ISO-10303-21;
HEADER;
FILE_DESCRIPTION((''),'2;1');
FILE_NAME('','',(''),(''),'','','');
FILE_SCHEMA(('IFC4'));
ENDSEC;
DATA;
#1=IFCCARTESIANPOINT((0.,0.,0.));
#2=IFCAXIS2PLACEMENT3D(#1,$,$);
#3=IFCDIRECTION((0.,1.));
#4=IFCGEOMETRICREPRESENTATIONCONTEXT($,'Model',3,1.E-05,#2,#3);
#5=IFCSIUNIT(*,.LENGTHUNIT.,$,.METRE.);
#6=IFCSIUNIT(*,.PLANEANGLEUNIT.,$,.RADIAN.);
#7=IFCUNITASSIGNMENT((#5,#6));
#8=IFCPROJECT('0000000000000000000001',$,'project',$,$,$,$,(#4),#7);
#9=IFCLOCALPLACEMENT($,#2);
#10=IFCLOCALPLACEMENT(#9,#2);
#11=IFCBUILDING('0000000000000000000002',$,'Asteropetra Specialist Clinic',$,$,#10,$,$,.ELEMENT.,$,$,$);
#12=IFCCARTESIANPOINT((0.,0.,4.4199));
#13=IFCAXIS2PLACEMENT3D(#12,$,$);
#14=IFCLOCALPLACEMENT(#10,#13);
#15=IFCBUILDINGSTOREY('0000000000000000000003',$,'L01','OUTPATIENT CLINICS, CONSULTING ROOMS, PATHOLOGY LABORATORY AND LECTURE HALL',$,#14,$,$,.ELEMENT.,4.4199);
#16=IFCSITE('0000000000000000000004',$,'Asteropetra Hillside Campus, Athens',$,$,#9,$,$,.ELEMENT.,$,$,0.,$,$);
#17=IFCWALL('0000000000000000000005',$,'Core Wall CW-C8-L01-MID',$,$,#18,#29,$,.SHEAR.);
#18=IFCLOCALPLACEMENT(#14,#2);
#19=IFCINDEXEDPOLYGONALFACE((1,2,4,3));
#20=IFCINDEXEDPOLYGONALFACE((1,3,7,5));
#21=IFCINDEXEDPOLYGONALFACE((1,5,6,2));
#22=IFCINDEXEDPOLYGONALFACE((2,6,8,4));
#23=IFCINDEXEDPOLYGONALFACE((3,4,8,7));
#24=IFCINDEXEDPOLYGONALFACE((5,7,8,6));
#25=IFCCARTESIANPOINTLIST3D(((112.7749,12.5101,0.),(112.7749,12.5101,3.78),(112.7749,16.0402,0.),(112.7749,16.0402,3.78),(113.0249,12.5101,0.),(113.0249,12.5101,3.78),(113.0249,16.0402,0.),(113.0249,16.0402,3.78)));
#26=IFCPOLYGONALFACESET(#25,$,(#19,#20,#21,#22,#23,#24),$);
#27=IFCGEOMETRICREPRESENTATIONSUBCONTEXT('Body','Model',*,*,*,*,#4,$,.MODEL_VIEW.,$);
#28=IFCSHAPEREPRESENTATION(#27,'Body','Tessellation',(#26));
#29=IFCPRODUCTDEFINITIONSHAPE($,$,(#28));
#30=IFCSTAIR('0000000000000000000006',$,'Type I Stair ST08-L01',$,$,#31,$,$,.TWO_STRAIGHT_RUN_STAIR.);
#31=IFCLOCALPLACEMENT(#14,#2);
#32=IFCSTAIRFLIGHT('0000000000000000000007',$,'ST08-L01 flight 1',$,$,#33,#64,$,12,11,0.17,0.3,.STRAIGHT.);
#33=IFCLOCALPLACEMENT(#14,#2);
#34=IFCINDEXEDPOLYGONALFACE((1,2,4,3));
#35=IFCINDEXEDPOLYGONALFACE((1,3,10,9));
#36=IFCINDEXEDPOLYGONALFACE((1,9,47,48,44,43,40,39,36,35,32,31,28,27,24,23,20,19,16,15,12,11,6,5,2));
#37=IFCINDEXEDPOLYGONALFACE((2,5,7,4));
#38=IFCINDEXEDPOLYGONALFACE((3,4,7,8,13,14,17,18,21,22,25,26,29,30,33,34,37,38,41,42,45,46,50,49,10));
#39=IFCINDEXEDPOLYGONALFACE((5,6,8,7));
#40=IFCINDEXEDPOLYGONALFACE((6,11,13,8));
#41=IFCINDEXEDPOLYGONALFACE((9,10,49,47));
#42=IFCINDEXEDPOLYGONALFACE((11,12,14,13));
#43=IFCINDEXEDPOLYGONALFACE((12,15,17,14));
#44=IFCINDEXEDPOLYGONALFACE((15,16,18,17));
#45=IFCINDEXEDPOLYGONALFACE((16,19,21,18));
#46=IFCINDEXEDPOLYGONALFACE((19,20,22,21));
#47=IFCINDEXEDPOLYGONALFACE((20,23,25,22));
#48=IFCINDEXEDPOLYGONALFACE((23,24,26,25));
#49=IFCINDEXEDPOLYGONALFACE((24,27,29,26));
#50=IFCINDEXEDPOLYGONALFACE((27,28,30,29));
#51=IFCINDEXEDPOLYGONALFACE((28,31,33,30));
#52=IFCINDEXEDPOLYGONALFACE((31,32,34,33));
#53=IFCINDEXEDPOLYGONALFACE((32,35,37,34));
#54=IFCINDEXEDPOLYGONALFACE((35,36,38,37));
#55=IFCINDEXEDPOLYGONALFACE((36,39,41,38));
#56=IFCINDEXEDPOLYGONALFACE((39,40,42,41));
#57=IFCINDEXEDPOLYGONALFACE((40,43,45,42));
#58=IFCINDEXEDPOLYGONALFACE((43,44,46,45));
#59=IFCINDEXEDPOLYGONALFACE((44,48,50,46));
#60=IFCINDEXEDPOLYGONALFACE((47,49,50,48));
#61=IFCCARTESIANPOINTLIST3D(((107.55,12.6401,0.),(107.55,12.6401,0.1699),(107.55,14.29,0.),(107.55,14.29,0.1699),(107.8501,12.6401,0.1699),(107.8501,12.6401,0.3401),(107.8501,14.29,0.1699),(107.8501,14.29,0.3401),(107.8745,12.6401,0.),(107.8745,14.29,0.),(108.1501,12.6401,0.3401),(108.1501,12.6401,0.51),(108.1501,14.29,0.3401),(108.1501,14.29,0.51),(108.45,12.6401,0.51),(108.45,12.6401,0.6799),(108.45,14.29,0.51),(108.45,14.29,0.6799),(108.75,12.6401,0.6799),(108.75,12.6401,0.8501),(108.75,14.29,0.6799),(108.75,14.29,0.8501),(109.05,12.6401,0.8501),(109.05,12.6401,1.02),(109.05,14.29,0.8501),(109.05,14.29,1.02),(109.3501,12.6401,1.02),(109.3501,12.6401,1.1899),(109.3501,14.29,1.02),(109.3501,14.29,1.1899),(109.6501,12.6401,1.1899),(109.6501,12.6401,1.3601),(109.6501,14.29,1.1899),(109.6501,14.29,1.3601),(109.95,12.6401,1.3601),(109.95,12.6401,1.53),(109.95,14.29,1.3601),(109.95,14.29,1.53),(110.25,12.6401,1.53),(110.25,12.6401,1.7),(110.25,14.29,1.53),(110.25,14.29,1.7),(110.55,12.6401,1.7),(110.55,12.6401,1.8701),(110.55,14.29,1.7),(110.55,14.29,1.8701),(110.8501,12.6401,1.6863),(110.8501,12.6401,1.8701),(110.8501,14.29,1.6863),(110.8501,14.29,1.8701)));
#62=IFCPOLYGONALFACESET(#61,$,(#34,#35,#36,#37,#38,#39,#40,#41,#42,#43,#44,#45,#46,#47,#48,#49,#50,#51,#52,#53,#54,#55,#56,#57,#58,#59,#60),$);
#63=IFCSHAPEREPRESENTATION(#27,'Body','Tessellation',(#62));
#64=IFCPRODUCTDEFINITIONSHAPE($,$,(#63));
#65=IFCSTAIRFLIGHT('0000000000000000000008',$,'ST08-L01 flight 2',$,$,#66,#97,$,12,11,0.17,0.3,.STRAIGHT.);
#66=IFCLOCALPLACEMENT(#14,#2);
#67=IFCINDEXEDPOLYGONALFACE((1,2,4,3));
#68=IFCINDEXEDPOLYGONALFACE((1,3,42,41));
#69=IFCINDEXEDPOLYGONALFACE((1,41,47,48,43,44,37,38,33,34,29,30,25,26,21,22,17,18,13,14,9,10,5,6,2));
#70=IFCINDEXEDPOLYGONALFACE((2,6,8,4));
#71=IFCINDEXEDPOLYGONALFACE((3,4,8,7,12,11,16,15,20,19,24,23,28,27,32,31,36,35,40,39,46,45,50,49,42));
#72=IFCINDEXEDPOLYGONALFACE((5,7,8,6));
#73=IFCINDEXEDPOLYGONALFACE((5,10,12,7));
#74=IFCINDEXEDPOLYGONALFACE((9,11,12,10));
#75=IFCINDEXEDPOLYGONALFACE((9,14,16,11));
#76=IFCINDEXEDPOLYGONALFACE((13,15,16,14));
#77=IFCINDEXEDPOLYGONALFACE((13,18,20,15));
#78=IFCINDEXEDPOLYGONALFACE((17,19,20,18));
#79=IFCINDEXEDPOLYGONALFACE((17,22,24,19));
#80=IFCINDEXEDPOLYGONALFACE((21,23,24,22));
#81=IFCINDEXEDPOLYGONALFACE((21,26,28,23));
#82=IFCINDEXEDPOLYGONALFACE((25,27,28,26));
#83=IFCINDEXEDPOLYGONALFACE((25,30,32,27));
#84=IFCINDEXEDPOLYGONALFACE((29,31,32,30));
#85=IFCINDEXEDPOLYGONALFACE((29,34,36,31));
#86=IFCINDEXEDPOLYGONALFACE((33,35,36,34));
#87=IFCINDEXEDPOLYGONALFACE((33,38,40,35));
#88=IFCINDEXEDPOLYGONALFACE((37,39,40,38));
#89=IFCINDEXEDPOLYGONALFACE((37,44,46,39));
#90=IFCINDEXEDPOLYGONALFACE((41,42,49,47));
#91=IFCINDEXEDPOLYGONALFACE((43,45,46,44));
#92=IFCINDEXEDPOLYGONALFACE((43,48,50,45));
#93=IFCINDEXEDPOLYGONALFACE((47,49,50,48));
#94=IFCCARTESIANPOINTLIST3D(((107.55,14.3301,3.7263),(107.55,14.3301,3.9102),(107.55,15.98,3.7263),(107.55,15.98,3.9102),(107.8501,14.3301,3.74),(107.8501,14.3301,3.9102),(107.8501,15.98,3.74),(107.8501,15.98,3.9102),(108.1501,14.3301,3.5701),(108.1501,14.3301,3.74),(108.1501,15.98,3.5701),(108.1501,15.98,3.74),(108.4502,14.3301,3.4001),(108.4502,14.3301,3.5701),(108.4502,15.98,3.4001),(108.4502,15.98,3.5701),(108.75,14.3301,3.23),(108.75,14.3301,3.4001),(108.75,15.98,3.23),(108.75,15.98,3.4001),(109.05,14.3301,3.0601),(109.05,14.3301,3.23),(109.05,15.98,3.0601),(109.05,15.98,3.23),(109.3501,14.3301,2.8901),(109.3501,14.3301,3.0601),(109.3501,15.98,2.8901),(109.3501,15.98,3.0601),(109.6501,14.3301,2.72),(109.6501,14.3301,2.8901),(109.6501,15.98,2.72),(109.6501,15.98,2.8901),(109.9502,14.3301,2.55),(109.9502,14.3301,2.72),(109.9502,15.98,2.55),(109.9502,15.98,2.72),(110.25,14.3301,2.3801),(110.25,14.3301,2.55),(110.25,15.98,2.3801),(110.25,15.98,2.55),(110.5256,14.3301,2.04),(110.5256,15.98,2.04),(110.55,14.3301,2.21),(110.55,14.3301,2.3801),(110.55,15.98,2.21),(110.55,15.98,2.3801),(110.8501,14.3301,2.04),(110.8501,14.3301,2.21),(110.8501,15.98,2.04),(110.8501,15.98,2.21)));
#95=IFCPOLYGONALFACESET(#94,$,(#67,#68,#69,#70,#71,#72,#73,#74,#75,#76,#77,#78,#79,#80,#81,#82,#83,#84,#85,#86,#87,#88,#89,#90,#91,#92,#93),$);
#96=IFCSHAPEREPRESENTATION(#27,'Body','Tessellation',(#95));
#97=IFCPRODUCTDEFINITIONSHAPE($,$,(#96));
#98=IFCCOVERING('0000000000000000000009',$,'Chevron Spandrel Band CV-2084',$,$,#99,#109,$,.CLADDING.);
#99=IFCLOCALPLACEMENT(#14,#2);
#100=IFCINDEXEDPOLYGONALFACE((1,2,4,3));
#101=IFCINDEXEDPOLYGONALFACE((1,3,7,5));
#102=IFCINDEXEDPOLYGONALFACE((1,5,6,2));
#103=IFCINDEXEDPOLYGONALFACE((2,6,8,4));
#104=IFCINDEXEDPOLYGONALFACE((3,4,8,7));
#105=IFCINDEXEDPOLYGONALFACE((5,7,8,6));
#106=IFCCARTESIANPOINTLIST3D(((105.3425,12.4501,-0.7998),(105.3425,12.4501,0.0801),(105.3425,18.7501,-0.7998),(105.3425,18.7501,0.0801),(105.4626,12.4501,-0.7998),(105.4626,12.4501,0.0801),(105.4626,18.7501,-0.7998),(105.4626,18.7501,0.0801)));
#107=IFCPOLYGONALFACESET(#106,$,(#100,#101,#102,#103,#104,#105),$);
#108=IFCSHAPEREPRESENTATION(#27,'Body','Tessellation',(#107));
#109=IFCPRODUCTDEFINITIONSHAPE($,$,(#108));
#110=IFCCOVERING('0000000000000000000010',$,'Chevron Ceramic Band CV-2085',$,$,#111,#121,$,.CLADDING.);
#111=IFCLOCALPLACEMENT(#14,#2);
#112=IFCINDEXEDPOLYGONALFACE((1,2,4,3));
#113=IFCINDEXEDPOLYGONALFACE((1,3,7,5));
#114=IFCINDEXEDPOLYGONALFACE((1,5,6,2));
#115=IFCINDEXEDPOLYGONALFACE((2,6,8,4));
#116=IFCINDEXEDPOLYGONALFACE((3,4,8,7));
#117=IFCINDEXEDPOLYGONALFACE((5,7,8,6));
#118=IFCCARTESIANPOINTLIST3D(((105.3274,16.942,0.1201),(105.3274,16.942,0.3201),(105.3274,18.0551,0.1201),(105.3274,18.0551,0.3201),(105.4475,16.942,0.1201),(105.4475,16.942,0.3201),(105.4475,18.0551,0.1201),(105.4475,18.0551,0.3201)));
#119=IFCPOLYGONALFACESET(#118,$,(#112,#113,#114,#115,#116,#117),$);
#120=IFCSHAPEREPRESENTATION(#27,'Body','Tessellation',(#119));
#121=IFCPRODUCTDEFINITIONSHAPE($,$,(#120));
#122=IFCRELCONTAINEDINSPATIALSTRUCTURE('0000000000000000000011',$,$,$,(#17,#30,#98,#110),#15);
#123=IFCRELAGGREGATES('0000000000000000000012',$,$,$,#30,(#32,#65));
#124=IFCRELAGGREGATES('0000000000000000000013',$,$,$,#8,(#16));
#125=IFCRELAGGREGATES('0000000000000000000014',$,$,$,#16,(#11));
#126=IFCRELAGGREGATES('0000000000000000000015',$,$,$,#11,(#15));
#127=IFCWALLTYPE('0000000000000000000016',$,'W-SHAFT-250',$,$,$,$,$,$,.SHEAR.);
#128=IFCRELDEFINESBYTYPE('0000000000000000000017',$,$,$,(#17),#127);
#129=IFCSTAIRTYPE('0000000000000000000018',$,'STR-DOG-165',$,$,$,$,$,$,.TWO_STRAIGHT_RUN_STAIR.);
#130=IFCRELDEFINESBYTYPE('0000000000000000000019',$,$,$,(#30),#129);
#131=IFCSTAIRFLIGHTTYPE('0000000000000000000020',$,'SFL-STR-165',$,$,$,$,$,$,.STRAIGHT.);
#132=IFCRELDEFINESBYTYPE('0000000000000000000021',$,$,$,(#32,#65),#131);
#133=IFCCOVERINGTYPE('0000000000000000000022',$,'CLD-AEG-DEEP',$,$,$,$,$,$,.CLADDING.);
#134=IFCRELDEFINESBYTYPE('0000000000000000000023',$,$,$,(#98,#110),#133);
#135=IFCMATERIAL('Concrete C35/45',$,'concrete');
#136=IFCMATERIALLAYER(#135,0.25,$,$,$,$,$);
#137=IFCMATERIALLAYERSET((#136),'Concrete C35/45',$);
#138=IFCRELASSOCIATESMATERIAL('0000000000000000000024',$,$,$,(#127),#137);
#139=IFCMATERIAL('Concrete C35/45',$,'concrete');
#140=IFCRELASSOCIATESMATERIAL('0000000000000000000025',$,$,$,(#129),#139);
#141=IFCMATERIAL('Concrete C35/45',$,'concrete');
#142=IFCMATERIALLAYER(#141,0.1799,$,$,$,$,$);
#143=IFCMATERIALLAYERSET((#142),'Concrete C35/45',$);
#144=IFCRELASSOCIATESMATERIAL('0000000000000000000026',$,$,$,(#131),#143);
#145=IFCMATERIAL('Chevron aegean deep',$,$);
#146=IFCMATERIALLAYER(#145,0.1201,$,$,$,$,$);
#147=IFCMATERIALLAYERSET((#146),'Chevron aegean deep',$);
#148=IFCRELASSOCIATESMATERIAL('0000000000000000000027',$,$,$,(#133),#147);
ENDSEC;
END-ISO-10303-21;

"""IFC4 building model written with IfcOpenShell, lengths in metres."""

from ifc_helpers import new_model, si_unit, direction, frame, frame_2d, origin, origin_2d, place, context, subcontext, project, spatial, polyline, rectangle, outline, extrude, material, layer, layer_set, type_object, element, aggregate, save


model = new_model("IFC4")

# Units and contexts
model_context = context("Model", 3, precision=1e-05, world=origin(), true_north=direction((0.0, 1.0)))
body_context = subcontext(model_context, "Body", "Model", "MODEL_VIEW")
ifc_project = project(units=[si_unit("LENGTHUNIT", "METRE"), si_unit("PLANEANGLEUNIT", "RADIAN")], contexts=[model_context])

# Site, building, storey
site_placement = place(None, origin())
site = spatial("IfcSite", under=ifc_project, at=site_placement, Name="Asteropetra Hillside Campus, Athens", CompositionType="ELEMENT", RefElevation=0.0)
building_placement = place(site_placement, origin())
building = spatial("IfcBuilding", under=site, at=building_placement, Name="Asteropetra Specialist Clinic", CompositionType="ELEMENT")
storey_placement = place(building_placement, frame((0.0, 0.0, 4.4199)))
storey = spatial("IfcBuildingStorey", under=building, at=storey_placement, Name="L01", Description="OUTPATIENT CLINICS, CONSULTING ROOMS, PATHOLOGY LABORATORY AND LECTURE HALL", CompositionType="ELEMENT", Elevation=4.4199)

# Wall
ifc_material_1 = material(Name="Concrete C35/45", Category="concrete")
ifc_layer_1 = layer(ifc_material_1, 0.25)
ifc_layer_set_1 = layer_set([ifc_layer_1], Name="Concrete C35/45")
wall_type_1 = type_object("IfcWallType", Name="W-SHAFT-250", PredefinedType="SHEAR", material=ifc_layer_set_1)
wall_1_placement = place(storey_placement, frame((112.8999, 12.51, 0.0), z_axis=(0.0, 0.0, 1.0), x_axis=(0.0, 1.0, 0.0)))
element("IfcWall", 1, at=wall_1_placement, inside=storey, type_object=wall_type_1, Name="Core Wall CW-C8-L01-MID", PredefinedType="SHEAR", context=body_context, shape_type="SweptSolid", body=[
    extrude(rectangle(XDim=3.53, YDim=0.25, at=frame_2d((1.7651, 0.0))), origin(), (0.0, 0.0, 1.0), 3.78),
])

# Stair, stair flights
ifc_material_2 = material(Name="Concrete C35/45", Category="concrete")
stair_type = type_object("IfcStairType", Name="STR-DOG-165", PredefinedType="TWO_STRAIGHT_RUN_STAIR", material=ifc_material_2)
stair_placement = place(storey_placement, origin())
stair = element("IfcStair", 2, at=stair_placement, inside=storey, type_object=stair_type, Name="Type I Stair ST08-L01", PredefinedType="TWO_STRAIGHT_RUN_STAIR")
ifc_material_3 = material(Name="Concrete C35/45", Category="concrete")
ifc_layer_2 = layer(ifc_material_3, 0.1799)
ifc_layer_set_2 = layer_set([ifc_layer_2], Name="Concrete C35/45")
stair_flight_type = type_object("IfcStairFlightType", Name="SFL-STR-165", PredefinedType="STRAIGHT", material=ifc_layer_set_2)
stair_flight_1_placement = place(storey_placement, frame((107.55, 13.4651, 0.0), z_axis=(0.0, 0.0, 1.0), x_axis=(1.0, 0.0, 0.0)))
stair_flight_1 = element("IfcStairFlight", 3, at=stair_flight_1_placement, type_object=stair_flight_type, Name="ST08-L01 flight 1", NumberOfRisers=12, NumberOfTreads=11, PredefinedType="STRAIGHT", RiserHeight=0.17, TreadLength=0.3, context=body_context, shape_type="SweptSolid", body=[
    extrude(outline(polyline([(0.0, 0.0), (0.0, 0.1699), (0.3, 0.1699), (0.3, 0.3401), (0.6001, 0.3401), (0.6001, 0.51), (0.8999, 0.51), (0.8999, 0.6799), (1.2, 0.6799), (1.2, 0.8501), (1.5, 0.8501), (1.5, 1.02), (1.8, 1.02), (1.8, 1.1899), (2.1001, 1.1899), (2.1001, 1.3601), (2.3999, 1.3601), (2.3999, 1.53), (2.7, 1.53), (2.7, 1.7), (3.0, 1.7), (3.0, 1.8701), (3.3, 1.8701), (3.3, 2.04), (3.3, 1.6863), (0.3245, 0.0), (0.0, 0.0)])), frame((0.0, 0.825, 0.0), z_axis=(0.0, -1.0, 0.0), x_axis=(1.0, 0.0, 0.0)), (0.0, 0.0, 1.0), 1.6499),
])
stair_flight_2_placement = place(storey_placement, frame((110.8501, 15.155, 2.04), z_axis=(0.0, 0.0, 1.0), x_axis=(-1.0, 0.0, 0.0)))
stair_flight_2 = element("IfcStairFlight", 4, at=stair_flight_2_placement, type_object=stair_flight_type, Name="ST08-L01 flight 2", NumberOfRisers=12, NumberOfTreads=11, PredefinedType="STRAIGHT", RiserHeight=0.17, TreadLength=0.3, context=body_context, shape_type="SweptSolid", body=[
    extrude(outline(polyline([(0.0, 0.0), (0.0, 0.1699), (0.3, 0.1699), (0.3, 0.3401), (0.6001, 0.3401), (0.6001, 0.51), (0.8999, 0.51), (0.8999, 0.6799), (1.2, 0.6799), (1.2, 0.8501), (1.5, 0.8501), (1.5, 1.02), (1.8, 1.02), (1.8, 1.1899), (2.1001, 1.1899), (2.1001, 1.3601), (2.3999, 1.3601), (2.3999, 1.53), (2.7, 1.53), (2.7, 1.7), (3.0, 1.7), (3.0, 1.8701), (3.3, 1.8701), (3.3, 2.04), (3.3, 1.6863), (0.3245, 0.0), (0.0, 0.0)])), frame((0.0, 0.825, 0.0), z_axis=(0.0, -1.0, 0.0), x_axis=(1.0, 0.0, 0.0)), (0.0, 0.0, 1.0), 1.6499),
])
aggregate(stair, [stair_flight_1, stair_flight_2])

# Coverings
ifc_material_4 = material(Name="Chevron aegean deep")
ifc_layer_3 = layer(ifc_material_4, 0.1201)
ifc_layer_set_3 = layer_set([ifc_layer_3], Name="Chevron aegean deep")
covering_type = type_object("IfcCoveringType", Name="CLD-AEG-DEEP", PredefinedType="CLADDING", material=ifc_layer_set_3)
covering_1_placement = place(storey_placement, frame((105.4026, 15.6001, -0.7998), z_axis=(0.0, 0.0, 1.0), x_axis=(1.0, 0.0, 0.0)))
element("IfcCovering", 5, at=covering_1_placement, inside=storey, type_object=covering_type, Name="Chevron Spandrel Band CV-2084", PredefinedType="CLADDING", context=body_context, shape_type="SweptSolid", body=[
    extrude(rectangle(XDim=0.1201, YDim=6.3, at=origin_2d()), origin(), (0.0, 0.0, 1.0), 0.8799),
])
covering_2_placement = place(storey_placement, frame((105.3875, 17.4985, 0.1201), z_axis=(0.0, 0.0, 1.0), x_axis=(1.0, 0.0, 0.0)))
element("IfcCovering", 6, at=covering_2_placement, inside=storey, type_object=covering_type, Name="Chevron Ceramic Band CV-2085", PredefinedType="CLADDING", context=body_context, shape_type="SweptSolid", body=[
    extrude(rectangle(XDim=0.1201, YDim=1.113, at=origin_2d()), origin(), (0.0, 0.0, 1.0), 0.2),
])

save(model, "model.ifc")
